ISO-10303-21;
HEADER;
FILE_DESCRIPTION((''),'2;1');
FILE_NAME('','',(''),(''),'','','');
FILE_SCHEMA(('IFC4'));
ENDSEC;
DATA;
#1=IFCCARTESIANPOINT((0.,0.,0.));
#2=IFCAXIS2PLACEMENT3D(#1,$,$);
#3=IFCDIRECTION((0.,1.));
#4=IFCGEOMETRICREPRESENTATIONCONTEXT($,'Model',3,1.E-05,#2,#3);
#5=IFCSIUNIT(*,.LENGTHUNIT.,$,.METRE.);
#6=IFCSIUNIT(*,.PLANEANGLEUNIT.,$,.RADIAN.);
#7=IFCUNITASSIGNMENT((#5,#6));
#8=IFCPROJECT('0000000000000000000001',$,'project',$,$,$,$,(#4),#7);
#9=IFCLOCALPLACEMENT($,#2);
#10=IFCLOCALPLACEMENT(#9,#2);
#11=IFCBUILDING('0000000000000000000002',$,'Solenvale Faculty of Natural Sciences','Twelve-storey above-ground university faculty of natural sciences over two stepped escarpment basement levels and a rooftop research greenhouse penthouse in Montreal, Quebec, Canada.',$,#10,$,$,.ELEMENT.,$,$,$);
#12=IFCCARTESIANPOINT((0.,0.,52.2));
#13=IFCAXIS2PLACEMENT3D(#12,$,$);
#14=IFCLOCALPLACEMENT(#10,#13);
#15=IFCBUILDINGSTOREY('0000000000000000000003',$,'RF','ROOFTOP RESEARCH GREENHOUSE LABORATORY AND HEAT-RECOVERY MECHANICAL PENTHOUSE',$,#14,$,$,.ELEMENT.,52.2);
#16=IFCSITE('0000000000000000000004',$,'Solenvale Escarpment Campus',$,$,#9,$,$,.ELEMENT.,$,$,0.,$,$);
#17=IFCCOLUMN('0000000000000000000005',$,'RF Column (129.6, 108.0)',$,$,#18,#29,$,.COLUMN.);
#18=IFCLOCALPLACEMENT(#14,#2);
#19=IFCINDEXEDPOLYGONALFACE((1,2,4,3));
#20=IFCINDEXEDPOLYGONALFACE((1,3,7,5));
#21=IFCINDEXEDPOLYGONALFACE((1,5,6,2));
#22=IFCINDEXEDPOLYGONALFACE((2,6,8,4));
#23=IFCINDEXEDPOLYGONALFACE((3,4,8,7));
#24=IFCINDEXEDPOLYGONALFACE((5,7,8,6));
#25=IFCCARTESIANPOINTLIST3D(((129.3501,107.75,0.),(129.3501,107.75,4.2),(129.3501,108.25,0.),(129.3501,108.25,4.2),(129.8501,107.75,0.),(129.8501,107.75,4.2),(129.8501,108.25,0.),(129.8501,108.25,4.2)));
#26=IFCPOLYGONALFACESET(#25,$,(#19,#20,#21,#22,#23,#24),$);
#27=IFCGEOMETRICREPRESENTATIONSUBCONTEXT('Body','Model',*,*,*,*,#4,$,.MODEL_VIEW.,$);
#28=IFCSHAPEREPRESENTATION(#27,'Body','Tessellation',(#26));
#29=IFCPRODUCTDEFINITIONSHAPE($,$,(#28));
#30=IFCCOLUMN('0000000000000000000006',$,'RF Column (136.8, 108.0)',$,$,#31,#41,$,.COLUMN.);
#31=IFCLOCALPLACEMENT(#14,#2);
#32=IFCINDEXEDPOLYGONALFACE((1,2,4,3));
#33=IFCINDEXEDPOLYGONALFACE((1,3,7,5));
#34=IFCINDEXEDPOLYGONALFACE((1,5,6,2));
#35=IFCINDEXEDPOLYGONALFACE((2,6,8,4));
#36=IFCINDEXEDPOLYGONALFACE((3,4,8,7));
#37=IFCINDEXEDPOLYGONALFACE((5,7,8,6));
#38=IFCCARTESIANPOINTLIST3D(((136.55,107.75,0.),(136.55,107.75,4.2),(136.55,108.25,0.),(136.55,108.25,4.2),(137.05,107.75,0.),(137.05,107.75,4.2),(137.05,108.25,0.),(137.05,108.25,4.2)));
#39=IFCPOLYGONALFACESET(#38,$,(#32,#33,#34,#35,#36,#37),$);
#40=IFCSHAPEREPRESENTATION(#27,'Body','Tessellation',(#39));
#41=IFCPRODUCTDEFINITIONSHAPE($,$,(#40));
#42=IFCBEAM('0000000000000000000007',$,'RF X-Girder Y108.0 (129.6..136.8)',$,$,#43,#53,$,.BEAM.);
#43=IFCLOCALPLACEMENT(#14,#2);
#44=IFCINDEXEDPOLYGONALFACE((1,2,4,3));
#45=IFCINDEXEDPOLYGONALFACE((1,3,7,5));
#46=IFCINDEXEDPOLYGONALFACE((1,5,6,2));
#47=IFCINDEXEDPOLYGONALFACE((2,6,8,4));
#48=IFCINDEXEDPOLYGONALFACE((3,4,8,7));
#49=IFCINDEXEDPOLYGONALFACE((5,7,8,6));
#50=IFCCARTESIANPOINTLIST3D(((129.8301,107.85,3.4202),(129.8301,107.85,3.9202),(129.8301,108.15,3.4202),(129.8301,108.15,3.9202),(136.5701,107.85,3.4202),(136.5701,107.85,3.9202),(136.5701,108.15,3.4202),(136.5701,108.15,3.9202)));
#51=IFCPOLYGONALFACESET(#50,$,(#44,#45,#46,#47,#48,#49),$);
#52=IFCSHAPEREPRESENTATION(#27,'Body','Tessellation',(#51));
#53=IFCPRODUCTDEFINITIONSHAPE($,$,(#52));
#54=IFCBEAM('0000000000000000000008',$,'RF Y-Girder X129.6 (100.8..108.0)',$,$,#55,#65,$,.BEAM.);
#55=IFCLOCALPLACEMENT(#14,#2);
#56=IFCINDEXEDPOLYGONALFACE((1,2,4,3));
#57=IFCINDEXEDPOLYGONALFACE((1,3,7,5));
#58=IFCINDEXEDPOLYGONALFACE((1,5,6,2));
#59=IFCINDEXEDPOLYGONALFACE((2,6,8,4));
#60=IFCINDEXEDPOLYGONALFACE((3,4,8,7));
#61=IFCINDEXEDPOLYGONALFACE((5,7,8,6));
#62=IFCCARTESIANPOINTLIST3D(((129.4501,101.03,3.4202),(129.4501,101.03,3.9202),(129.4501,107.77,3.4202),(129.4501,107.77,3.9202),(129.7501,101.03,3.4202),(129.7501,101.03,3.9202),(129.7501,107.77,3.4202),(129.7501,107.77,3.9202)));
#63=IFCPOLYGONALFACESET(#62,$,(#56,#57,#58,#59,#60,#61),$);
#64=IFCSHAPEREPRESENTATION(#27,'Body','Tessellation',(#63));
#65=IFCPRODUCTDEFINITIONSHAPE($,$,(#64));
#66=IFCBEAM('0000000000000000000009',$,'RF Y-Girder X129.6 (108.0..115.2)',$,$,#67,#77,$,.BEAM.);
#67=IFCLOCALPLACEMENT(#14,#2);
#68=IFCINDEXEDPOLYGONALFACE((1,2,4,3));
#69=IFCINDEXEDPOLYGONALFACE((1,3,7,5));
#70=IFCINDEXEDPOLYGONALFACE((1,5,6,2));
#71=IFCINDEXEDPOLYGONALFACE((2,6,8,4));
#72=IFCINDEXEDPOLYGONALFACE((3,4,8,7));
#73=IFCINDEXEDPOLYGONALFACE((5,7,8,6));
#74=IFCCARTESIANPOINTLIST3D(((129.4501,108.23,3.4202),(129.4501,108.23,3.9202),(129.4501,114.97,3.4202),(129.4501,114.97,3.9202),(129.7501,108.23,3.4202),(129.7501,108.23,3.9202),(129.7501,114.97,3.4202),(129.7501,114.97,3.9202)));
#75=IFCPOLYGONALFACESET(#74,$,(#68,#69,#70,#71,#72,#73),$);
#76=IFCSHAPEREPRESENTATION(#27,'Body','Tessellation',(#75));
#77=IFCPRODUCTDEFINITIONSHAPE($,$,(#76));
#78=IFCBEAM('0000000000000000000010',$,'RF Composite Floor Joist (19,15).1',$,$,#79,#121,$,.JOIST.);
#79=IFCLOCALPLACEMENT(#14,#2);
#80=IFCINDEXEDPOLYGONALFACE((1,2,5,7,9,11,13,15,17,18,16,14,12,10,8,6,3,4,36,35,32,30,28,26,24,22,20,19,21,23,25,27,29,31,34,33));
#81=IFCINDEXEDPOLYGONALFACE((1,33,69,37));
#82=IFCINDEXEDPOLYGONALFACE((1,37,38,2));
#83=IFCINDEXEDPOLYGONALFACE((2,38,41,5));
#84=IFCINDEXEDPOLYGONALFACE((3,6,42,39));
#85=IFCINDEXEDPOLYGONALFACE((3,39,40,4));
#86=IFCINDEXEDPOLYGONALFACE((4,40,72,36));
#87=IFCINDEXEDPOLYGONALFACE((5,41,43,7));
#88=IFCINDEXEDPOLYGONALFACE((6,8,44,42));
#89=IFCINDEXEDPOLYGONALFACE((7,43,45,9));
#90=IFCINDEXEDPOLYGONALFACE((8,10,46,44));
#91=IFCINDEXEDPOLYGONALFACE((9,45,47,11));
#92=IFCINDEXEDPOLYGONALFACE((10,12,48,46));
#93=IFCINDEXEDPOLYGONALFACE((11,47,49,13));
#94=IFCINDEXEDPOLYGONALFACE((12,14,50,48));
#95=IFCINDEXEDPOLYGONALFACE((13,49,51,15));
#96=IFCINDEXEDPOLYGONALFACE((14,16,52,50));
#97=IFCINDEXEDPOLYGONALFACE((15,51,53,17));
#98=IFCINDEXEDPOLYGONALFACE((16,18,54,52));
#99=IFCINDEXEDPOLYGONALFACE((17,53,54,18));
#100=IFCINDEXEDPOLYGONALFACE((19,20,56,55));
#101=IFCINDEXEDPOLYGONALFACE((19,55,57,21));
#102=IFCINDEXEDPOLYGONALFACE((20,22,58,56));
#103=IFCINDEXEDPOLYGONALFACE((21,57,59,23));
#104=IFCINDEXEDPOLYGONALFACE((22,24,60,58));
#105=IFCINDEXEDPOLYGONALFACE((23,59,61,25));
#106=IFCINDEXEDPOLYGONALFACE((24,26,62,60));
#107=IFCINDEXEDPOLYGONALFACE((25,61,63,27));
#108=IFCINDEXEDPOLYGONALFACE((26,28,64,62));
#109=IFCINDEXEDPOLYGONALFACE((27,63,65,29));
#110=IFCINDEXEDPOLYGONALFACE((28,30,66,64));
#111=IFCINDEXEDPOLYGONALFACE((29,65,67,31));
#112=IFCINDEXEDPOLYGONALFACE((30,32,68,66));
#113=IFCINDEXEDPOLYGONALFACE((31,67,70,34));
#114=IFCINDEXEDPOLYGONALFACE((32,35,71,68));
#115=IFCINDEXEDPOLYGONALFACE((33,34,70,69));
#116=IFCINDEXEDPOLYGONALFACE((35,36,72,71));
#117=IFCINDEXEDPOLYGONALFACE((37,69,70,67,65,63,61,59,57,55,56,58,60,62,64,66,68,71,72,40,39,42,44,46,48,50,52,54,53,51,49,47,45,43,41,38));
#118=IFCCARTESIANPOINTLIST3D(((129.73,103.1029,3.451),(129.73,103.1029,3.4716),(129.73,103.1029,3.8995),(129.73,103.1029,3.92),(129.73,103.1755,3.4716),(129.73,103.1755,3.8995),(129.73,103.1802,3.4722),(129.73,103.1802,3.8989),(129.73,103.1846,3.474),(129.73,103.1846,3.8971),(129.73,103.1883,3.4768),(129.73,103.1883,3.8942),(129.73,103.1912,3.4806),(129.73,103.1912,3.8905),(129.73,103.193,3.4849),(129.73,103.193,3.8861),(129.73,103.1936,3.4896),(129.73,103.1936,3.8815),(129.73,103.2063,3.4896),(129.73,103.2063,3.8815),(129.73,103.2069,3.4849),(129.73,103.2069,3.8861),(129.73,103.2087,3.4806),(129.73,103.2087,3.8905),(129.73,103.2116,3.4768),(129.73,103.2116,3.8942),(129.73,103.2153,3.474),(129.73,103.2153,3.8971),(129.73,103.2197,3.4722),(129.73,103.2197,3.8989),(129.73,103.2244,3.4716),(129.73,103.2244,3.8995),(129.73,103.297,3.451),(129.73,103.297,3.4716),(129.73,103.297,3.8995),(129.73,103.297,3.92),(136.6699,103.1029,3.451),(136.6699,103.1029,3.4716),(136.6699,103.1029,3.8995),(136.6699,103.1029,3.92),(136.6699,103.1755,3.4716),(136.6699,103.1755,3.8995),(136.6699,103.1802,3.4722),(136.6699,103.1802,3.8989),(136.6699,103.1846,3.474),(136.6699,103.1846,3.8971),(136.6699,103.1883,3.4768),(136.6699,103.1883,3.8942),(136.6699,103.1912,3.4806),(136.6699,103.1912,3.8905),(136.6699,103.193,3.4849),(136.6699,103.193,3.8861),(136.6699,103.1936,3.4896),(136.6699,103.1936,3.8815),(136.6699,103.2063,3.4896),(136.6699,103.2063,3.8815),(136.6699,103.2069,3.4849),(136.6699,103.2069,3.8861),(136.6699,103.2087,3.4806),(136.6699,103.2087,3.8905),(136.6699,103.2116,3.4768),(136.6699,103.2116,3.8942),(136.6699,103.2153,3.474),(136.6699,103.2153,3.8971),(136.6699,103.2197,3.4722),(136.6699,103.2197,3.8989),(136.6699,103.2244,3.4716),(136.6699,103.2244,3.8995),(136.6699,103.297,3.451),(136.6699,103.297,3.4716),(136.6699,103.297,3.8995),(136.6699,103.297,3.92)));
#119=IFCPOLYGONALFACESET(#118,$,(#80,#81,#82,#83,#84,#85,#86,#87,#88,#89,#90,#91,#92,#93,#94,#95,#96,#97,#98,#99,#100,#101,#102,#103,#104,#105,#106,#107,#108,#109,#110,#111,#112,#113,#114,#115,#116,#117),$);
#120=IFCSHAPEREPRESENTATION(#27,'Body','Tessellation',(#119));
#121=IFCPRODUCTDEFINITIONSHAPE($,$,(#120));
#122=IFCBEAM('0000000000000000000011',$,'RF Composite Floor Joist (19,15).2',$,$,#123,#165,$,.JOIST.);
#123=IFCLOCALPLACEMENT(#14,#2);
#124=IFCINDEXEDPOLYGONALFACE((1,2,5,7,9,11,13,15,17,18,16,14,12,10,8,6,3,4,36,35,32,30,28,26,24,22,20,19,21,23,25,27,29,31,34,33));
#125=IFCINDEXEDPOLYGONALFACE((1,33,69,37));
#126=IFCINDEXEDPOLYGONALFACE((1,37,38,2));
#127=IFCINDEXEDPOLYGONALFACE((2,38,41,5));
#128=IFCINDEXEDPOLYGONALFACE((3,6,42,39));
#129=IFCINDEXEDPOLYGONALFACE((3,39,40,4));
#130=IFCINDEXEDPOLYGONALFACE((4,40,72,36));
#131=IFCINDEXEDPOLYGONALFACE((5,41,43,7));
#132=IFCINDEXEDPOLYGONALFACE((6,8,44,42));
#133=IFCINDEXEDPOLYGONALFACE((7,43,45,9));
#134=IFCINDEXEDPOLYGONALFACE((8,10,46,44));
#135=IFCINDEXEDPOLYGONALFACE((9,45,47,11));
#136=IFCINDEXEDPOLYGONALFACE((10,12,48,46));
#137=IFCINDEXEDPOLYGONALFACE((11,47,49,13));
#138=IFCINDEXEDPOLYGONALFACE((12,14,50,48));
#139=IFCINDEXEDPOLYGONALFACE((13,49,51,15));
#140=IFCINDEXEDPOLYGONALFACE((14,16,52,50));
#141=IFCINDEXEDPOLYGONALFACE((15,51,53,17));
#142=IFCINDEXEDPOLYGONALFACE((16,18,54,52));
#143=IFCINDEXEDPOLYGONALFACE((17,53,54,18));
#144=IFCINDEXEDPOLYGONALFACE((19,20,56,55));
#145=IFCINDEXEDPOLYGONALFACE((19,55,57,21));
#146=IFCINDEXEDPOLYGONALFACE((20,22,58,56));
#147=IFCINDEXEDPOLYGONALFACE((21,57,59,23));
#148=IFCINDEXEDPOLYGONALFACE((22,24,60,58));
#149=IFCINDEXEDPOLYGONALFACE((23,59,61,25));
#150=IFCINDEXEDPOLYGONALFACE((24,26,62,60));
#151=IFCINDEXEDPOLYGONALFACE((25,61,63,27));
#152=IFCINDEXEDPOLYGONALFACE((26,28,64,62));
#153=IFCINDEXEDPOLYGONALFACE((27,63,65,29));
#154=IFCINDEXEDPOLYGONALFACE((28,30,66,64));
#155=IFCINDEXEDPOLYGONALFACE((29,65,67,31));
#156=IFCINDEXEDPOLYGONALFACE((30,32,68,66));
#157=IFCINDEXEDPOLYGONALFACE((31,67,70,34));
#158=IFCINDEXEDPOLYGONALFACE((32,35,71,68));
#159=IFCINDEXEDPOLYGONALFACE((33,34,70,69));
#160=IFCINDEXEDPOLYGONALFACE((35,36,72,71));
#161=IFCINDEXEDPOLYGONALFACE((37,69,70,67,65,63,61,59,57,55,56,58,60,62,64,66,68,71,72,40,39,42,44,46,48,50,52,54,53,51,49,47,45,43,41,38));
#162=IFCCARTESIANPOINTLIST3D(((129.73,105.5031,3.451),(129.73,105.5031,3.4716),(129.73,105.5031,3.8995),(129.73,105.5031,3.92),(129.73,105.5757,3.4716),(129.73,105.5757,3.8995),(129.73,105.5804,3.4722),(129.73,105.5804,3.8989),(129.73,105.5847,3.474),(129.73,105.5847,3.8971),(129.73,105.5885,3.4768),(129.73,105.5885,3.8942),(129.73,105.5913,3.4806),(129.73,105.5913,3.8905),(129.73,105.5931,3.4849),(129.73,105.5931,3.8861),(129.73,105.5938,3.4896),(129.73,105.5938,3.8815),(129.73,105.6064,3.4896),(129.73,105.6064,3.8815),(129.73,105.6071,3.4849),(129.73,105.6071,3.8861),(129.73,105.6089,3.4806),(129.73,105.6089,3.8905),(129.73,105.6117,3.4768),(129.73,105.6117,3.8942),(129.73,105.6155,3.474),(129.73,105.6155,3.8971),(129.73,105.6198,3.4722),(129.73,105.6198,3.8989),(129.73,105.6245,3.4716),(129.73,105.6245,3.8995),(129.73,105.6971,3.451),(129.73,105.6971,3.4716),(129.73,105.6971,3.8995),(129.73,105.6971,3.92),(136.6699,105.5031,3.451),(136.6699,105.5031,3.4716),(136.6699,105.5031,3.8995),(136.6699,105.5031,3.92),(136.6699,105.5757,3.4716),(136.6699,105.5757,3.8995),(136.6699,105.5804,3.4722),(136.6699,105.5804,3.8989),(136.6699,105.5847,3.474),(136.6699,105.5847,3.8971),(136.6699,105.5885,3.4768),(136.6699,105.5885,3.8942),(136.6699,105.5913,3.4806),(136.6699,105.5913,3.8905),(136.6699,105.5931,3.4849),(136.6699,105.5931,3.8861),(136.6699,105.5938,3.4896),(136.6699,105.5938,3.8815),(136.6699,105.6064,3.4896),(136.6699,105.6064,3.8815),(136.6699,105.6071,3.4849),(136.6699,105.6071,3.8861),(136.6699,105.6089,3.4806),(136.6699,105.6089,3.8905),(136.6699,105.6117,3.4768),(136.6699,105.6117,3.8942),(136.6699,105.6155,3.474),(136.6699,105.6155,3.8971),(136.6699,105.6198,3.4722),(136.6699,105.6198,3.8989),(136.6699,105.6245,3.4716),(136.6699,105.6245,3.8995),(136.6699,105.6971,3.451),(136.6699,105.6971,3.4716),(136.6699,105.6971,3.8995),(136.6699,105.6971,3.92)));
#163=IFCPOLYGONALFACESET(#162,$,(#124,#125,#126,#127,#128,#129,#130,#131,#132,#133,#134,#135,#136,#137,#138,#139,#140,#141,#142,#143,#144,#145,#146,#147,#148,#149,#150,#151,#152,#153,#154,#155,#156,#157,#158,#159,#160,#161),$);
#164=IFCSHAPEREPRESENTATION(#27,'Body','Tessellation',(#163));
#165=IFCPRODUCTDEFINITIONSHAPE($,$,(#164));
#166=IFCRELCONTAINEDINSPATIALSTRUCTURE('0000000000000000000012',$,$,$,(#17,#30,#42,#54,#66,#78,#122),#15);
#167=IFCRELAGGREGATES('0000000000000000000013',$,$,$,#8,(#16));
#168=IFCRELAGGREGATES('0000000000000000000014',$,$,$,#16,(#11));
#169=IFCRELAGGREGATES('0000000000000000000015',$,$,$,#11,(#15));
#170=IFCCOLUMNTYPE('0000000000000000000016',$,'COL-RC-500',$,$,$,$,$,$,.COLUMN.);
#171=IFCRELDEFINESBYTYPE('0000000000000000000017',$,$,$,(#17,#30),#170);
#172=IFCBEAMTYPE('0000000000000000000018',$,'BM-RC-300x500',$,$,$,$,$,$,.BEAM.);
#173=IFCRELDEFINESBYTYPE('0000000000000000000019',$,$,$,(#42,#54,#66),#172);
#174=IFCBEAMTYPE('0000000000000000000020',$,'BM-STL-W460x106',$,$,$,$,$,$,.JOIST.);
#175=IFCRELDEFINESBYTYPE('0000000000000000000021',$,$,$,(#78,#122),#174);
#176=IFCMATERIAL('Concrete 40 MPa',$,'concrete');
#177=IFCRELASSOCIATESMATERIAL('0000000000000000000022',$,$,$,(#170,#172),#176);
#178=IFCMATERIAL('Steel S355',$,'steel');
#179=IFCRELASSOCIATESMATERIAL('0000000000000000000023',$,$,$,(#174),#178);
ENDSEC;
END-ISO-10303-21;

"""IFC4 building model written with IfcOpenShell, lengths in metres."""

from ifc_helpers import new_model, si_unit, direction, frame, origin, origin_2d, place, context, subcontext, project, spatial, rectangle, i_section, extrude, material, material_profile, profile_set, type_object, element, save


model = new_model("IFC4")

# Units and contexts
model_context = context("Model", 3, precision=1e-05, world=origin(), true_north=direction((0.0, 1.0)))
body_context = subcontext(model_context, "Body", "Model", "MODEL_VIEW")
ifc_project = project(units=[si_unit("LENGTHUNIT", "METRE"), si_unit("PLANEANGLEUNIT", "RADIAN")], contexts=[model_context])

# Site, building, storey
site_placement = place(None, origin())
site = spatial("IfcSite", under=ifc_project, at=site_placement, Name="Solenvale Escarpment Campus", CompositionType="ELEMENT", RefElevation=0.0)
building_placement = place(site_placement, origin())
building = spatial("IfcBuilding", under=site, at=building_placement, Name="Solenvale Faculty of Natural Sciences", Description="Twelve-storey above-ground university faculty of natural sciences over two stepped escarpment basement levels and a rooftop research greenhouse penthouse in Montreal, Quebec, Canada.", CompositionType="ELEMENT")
storey_placement = place(building_placement, frame((0.0, 0.0, 52.2)))
storey = spatial("IfcBuildingStorey", under=building, at=storey_placement, Name="RF", Description="ROOFTOP RESEARCH GREENHOUSE LABORATORY AND HEAT-RECOVERY MECHANICAL PENTHOUSE", CompositionType="ELEMENT", Elevation=52.2)

# Columns
ifc_material_1 = material(Name="Concrete 40 MPa", Category="concrete")
ifc_material_profile_1 = material_profile(ifc_material_1, rectangle(XDim=0.5, YDim=0.5, at=origin_2d()), Name="RC-COL-500x500")
ifc_profile_set_1 = profile_set([ifc_material_profile_1], Name="Concrete 40 MPa")
column_type = type_object("IfcColumnType", Name="COL-RC-500", PredefinedType="COLUMN", material=ifc_profile_set_1)
for number, where, z_axis, x_axis, name in (
    (1, (129.6001, 108.0, 0.0), (0.0, 0.0, 1.0), (1.0, 0.0, 0.0), "RF Column (129.6, 108.0)"),
    (2, (136.8, 108.0, 0.0), (0.0, 0.0, 1.0), (1.0, 0.0, 0.0), "RF Column (136.8, 108.0)"),
):
    element("IfcColumn", number, at=place(storey_placement, frame(where, z_axis=z_axis, x_axis=x_axis)), inside=storey, type_object=column_type, Name=name, PredefinedType="COLUMN", context=body_context, shape_type="SweptSolid", body=[
        extrude(rectangle(XDim=0.5, YDim=0.5, at=origin_2d()), origin(), (0.0, 0.0, 1.0), 4.2),
    ])

# Beams
ifc_material_profile_2 = material_profile(ifc_material_1, rectangle(XDim=0.3, YDim=0.5, at=origin_2d()), Name="RC-BM-300x500")
ifc_profile_set_2 = profile_set([ifc_material_profile_2], Name="Concrete 40 MPa")
beam_type_1 = type_object("IfcBeamType", Name="BM-RC-300x500", PredefinedType="BEAM", material=ifc_profile_set_2)
for number, where, z_axis, x_axis, name in (
    (3, (129.8301, 108.0, 3.6702), (1.0, 0.0, 0.0), (0.0, 1.0, 0.0), "RF X-Girder Y108.0 (129.6..136.8)"),
    (4, (129.6001, 101.03, 3.6702), (0.0, 1.0, 0.0), (-1.0, 0.0, 0.0), "RF Y-Girder X129.6 (100.8..108.0)"),
    (5, (129.6001, 108.23, 3.6702), (0.0, 1.0, 0.0), (-1.0, 0.0, 0.0), "RF Y-Girder X129.6 (108.0..115.2)"),
):
    element("IfcBeam", number, at=place(storey_placement, frame(where, z_axis=z_axis, x_axis=x_axis)), inside=storey, type_object=beam_type_1, Name=name, PredefinedType="BEAM", context=body_context, shape_type="SweptSolid", body=[
        extrude(rectangle(XDim=0.3, YDim=0.5, at=origin_2d()), origin(), (0.0, 0.0, 1.0), 6.74),
    ])
ifc_material_2 = material(Name="Steel S355", Category="steel")
ifc_material_profile_3 = material_profile(ifc_material_2, i_section(OverallWidth=0.1941, OverallDepth=0.469, WebThickness=0.0127, FlangeThickness=0.0205, FilletRadius=0.0181, at=origin_2d()), Name="W460x106")
ifc_profile_set_3 = profile_set([ifc_material_profile_3], Name="Steel S355")
beam_type_2 = type_object("IfcBeamType", Name="BM-STL-W460x106", PredefinedType="JOIST", material=ifc_profile_set_3)
for number, where, z_axis, x_axis, name in (
    (6, (129.73, 103.2, 3.6855), (1.0, 0.0, 0.0), (0.0, 1.0, 0.0), "RF Composite Floor Joist (19,15).1"),
    (7, (129.73, 105.6001, 3.6855), (1.0, 0.0, 0.0), (0.0, 1.0, 0.0), "RF Composite Floor Joist (19,15).2"),
):
    element("IfcBeam", number, at=place(storey_placement, frame(where, z_axis=z_axis, x_axis=x_axis)), inside=storey, type_object=beam_type_2, Name=name, PredefinedType="JOIST", context=body_context, shape_type="SweptSolid", body=[
        extrude(i_section(OverallWidth=0.1941, OverallDepth=0.469, WebThickness=0.0127, FlangeThickness=0.0205, FilletRadius=0.0181, at=origin_2d()), origin(), (0.0, 0.0, 1.0), 6.9399),
    ])

save(model, "model.ifc")
